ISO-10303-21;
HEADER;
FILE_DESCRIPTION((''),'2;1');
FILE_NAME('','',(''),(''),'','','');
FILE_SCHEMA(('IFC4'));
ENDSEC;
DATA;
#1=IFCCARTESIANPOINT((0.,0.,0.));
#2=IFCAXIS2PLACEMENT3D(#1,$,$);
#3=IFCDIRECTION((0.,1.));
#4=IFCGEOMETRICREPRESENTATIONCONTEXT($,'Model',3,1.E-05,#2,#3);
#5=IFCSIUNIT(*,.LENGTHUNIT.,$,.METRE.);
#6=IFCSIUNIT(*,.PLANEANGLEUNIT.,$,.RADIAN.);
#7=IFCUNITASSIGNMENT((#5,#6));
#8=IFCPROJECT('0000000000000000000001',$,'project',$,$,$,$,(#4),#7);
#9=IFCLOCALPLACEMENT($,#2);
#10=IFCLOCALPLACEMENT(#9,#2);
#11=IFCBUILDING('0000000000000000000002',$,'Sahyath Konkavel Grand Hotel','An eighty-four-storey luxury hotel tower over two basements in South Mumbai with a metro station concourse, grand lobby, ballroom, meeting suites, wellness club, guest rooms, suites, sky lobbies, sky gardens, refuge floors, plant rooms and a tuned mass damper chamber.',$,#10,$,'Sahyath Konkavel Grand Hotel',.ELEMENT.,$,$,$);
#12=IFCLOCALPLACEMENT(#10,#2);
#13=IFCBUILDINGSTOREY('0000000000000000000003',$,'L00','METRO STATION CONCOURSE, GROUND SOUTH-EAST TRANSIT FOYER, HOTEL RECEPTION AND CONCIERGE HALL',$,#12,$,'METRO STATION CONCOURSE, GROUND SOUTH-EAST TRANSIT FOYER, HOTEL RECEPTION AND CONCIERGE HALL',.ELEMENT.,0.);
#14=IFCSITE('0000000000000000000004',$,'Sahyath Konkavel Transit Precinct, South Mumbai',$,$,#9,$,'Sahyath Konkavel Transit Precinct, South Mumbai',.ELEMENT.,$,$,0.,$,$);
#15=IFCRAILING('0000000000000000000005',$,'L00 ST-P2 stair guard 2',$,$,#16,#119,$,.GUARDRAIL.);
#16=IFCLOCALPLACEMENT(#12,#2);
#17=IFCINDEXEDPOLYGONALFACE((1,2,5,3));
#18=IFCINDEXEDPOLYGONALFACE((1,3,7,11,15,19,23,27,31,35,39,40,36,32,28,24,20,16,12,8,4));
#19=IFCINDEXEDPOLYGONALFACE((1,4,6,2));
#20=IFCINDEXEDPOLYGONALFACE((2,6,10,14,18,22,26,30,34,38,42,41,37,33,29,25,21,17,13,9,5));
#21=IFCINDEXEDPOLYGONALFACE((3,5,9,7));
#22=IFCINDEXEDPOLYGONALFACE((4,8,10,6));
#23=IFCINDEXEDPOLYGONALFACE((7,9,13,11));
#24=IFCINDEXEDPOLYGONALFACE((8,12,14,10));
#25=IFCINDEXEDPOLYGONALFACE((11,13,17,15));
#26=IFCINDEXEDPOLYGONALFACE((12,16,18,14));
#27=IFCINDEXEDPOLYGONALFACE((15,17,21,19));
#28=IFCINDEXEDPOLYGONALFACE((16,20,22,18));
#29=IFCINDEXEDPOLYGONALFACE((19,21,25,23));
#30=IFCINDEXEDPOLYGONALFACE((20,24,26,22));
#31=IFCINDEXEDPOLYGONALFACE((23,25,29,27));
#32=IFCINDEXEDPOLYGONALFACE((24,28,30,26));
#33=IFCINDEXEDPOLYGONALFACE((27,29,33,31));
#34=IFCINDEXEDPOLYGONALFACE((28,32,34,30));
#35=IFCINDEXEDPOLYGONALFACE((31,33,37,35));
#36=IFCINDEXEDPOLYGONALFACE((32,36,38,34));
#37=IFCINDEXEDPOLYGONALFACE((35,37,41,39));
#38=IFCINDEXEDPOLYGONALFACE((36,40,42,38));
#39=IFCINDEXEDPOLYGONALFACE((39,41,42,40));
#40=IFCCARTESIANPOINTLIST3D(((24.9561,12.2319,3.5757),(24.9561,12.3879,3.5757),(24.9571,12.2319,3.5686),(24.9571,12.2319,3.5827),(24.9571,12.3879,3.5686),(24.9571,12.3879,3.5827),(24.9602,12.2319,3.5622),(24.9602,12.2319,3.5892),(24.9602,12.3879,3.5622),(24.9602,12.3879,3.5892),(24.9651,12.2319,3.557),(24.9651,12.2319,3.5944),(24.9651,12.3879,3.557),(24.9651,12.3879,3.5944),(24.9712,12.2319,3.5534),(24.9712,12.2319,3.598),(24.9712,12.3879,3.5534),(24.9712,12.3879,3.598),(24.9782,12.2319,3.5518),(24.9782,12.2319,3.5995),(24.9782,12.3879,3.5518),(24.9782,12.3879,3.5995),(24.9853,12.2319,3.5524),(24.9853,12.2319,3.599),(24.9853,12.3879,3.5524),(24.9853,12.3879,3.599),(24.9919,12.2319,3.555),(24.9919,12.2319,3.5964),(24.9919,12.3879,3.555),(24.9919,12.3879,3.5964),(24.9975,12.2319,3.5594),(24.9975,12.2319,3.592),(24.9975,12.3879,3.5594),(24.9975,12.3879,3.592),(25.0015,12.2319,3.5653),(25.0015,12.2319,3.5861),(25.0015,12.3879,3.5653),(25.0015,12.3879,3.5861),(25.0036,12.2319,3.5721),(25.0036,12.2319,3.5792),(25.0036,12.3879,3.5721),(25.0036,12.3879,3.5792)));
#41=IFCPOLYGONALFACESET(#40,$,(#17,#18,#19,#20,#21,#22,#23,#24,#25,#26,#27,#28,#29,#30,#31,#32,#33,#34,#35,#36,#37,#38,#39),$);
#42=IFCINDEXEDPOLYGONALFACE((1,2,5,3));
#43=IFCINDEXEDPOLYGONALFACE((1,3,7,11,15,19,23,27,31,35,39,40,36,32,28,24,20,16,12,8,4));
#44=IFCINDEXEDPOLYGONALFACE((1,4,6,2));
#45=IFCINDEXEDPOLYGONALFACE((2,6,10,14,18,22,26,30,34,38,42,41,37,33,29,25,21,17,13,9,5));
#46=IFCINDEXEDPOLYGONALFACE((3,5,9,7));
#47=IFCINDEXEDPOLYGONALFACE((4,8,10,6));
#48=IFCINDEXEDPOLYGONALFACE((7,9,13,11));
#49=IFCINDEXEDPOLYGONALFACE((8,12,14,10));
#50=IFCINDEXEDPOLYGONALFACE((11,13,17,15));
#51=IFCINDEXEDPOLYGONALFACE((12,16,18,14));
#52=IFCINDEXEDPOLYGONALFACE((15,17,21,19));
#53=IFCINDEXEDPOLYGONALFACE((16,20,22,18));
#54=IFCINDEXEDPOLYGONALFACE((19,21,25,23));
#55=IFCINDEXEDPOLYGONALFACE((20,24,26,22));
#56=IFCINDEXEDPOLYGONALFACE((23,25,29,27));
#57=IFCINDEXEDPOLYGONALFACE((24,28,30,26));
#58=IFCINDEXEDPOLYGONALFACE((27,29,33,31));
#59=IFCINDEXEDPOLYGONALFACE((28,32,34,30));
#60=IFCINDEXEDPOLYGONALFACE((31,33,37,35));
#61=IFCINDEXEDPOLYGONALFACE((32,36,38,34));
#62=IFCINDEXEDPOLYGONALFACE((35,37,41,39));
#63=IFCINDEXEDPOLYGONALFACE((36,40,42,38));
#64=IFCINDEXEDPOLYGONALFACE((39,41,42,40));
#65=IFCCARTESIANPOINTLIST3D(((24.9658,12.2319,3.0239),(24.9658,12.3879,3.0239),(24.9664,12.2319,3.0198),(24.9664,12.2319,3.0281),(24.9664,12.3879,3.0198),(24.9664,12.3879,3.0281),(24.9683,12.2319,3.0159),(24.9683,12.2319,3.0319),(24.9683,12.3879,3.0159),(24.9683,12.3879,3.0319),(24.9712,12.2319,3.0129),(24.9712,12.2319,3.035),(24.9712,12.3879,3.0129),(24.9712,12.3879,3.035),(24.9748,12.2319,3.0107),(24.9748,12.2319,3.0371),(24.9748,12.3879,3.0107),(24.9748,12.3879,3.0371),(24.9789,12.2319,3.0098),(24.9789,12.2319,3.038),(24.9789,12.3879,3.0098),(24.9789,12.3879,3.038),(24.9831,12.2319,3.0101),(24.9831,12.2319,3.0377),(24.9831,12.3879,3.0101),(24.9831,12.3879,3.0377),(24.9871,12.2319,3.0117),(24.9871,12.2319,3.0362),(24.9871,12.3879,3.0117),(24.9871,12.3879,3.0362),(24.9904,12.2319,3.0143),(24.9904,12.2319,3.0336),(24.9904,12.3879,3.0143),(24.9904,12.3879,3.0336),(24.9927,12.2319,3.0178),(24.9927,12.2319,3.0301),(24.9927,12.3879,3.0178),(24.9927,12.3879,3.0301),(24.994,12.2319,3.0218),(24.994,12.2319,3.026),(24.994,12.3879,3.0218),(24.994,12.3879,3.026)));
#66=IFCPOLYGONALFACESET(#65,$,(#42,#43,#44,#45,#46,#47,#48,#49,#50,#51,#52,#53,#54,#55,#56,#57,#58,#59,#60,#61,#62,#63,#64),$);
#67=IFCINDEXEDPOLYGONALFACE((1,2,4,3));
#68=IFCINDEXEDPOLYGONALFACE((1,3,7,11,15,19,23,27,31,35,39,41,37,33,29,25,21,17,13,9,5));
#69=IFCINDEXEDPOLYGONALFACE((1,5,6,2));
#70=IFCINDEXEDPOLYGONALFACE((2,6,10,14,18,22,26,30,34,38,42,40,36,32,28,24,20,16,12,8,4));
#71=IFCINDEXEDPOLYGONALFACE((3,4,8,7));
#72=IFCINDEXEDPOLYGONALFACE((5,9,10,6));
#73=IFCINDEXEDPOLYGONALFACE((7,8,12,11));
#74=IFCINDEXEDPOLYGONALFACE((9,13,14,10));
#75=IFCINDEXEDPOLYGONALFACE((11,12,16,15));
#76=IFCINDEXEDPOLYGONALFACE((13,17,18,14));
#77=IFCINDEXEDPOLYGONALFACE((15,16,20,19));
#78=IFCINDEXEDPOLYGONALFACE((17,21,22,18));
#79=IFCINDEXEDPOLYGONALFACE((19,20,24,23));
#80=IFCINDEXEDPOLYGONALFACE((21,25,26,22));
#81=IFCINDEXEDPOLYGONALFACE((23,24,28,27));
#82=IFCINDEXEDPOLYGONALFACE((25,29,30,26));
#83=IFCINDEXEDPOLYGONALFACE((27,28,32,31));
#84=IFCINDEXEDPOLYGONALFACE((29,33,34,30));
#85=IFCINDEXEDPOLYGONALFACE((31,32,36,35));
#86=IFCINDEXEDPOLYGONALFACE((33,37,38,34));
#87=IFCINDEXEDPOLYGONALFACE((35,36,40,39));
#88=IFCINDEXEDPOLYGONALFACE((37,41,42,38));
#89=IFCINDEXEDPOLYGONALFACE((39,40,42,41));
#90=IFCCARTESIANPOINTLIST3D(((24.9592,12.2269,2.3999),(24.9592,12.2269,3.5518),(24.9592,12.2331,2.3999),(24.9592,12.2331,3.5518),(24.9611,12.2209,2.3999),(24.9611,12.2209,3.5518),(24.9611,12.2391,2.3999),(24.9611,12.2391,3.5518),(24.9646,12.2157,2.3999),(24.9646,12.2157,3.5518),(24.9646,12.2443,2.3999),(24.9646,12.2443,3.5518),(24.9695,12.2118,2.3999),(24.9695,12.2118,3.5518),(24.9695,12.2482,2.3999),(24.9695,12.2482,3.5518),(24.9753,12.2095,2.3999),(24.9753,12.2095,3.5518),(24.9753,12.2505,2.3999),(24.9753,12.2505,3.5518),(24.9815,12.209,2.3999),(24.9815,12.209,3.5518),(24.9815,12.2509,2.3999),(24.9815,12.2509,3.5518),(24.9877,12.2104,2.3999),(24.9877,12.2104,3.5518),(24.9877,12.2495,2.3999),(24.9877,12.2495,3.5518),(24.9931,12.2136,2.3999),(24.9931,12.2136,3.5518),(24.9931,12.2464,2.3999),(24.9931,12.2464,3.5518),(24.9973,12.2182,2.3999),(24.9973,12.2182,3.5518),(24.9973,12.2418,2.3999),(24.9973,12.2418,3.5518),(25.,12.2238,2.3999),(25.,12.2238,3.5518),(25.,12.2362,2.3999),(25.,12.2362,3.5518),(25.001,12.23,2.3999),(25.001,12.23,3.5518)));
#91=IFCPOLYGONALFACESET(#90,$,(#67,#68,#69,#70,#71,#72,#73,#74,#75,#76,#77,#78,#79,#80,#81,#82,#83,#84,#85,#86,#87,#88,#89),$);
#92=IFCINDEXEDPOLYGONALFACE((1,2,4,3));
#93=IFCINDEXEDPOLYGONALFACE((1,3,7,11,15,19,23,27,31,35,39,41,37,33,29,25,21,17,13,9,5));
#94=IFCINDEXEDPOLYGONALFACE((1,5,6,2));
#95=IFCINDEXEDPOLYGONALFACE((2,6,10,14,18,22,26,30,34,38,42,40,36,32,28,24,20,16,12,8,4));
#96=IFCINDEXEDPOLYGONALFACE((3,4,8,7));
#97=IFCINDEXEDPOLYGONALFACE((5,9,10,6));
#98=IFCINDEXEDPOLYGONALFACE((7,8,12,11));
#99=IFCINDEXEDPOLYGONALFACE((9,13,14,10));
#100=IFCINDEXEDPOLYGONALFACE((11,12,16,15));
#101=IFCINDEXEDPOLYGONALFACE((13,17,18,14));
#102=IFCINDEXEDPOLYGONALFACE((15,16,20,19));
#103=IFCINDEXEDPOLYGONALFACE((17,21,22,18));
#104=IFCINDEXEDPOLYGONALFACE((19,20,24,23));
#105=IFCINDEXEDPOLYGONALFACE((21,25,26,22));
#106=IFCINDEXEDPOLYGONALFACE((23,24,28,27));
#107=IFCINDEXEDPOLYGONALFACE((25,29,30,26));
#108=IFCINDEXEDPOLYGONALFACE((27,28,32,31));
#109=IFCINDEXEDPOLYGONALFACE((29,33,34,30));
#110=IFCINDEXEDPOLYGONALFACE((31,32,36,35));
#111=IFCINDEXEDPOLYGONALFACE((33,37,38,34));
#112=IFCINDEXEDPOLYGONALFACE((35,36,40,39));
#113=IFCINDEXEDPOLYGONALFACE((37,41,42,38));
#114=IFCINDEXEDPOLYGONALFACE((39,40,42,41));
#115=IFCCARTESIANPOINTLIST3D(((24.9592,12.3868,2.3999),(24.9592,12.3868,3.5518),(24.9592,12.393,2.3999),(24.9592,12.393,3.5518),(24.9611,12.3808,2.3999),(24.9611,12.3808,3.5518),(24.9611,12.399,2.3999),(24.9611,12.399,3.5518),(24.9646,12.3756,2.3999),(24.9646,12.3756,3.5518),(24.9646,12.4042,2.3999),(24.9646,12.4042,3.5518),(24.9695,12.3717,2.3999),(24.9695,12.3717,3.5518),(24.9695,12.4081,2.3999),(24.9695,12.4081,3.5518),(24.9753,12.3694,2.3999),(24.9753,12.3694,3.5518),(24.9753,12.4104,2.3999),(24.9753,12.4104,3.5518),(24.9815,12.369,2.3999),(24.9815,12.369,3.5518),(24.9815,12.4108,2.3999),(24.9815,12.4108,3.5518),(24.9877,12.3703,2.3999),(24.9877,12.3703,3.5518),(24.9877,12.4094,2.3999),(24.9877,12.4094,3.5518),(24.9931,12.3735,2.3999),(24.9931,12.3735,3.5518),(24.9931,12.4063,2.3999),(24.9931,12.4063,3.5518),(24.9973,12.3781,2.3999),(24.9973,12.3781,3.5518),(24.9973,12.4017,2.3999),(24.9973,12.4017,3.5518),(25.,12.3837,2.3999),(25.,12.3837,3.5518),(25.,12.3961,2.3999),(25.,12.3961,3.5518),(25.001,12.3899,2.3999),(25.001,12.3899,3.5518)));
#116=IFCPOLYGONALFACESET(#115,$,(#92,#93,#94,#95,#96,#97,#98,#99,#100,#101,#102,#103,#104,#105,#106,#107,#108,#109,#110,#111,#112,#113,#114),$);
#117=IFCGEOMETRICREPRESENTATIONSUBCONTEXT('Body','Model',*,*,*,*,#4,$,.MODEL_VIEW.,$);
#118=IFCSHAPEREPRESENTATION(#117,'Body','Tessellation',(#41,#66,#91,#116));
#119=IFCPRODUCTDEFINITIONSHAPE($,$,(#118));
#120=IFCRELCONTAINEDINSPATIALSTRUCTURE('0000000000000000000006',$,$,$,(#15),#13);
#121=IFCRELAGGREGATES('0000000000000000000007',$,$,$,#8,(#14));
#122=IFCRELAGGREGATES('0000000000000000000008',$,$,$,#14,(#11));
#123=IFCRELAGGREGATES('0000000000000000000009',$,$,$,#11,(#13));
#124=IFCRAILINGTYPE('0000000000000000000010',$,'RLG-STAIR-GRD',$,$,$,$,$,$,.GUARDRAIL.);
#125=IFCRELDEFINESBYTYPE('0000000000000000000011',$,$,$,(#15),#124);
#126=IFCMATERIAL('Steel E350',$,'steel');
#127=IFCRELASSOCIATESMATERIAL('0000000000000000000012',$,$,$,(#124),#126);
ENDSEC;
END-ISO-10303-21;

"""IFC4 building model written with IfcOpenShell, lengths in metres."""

from ifc_helpers import new_model, si_unit, direction, frame, origin, origin_2d, place, context, subcontext, project, spatial, circle, extrude, material, type_object, element, save


model = new_model("IFC4")

# Units and contexts
model_context = context("Model", 3, precision=1e-05, world=origin(), true_north=direction((0.0, 1.0)))
body_context = subcontext(model_context, "Body", "Model", "MODEL_VIEW")
ifc_project = project(units=[si_unit("LENGTHUNIT", "METRE"), si_unit("PLANEANGLEUNIT", "RADIAN")], contexts=[model_context])

# Site, building, storey
site_placement = place(None, origin())
site = spatial("IfcSite", under=ifc_project, at=site_placement, Name="Sahyath Konkavel Transit Precinct, South Mumbai", LongName="Sahyath Konkavel Transit Precinct, South Mumbai", CompositionType="ELEMENT", RefElevation=0.0)
building_placement = place(site_placement, origin())
building = spatial("IfcBuilding", under=site, at=building_placement, Name="Sahyath Konkavel Grand Hotel", Description="An eighty-four-storey luxury hotel tower over two basements in South Mumbai with a metro station concourse, grand lobby, ballroom, meeting suites, wellness club, guest rooms, suites, sky lobbies, sky gardens, refuge floors, plant rooms and a tuned mass damper chamber.", LongName="Sahyath Konkavel Grand Hotel", CompositionType="ELEMENT")
storey_placement = place(building_placement, origin())
storey = spatial("IfcBuildingStorey", under=building, at=storey_placement, Name="L00", Description="METRO STATION CONCOURSE, GROUND SOUTH-EAST TRANSIT FOYER, HOTEL RECEPTION AND CONCIERGE HALL", LongName="METRO STATION CONCOURSE, GROUND SOUTH-EAST TRANSIT FOYER, HOTEL RECEPTION AND CONCIERGE HALL", CompositionType="ELEMENT", Elevation=0.0)

# Shared definitions
ifc_material_1 = material(Name="Steel E350", Category="steel")

# Railing
railing_type_1 = type_object("IfcRailingType", Name="RLG-STAIR-GRD", PredefinedType="GUARDRAIL", material=ifc_material_1)
railing_1_placement = place(storey_placement, frame((24.98, 12.23, 2.3999)))
element("IfcRailing", 1, at=railing_1_placement, inside=storey, type_object=railing_type_1, Name="L00 ST-P2 stair guard 2", PredefinedType="GUARDRAIL", context=body_context, shape_type="SweptSolid", body=[
    extrude(circle(Radius=0.0239, at=origin_2d()), frame((0.0, 0.002, 1.1758), z_axis=(0.0, 1.0, 0.0), x_axis=(-1.0, 0.0, 0.0)), (0.0, 0.0, 1.0), 0.156),
    extrude(circle(Radius=0.0142, at=origin_2d()), frame((0.0, 0.002, 0.624), z_axis=(0.0, 1.0, 0.0), x_axis=(-1.0, 0.0, 0.0)), (0.0, 0.0, 1.0), 0.156),
    extrude(circle(Radius=0.021, at=origin_2d()), origin(), (0.0, 0.0, 1.0), 1.1519),
    extrude(circle(Radius=0.021, at=origin_2d()), frame((0.0, 0.1599, 0.0)), (0.0, 0.0, 1.0), 1.1519),
])

save(model, "model.ifc")
